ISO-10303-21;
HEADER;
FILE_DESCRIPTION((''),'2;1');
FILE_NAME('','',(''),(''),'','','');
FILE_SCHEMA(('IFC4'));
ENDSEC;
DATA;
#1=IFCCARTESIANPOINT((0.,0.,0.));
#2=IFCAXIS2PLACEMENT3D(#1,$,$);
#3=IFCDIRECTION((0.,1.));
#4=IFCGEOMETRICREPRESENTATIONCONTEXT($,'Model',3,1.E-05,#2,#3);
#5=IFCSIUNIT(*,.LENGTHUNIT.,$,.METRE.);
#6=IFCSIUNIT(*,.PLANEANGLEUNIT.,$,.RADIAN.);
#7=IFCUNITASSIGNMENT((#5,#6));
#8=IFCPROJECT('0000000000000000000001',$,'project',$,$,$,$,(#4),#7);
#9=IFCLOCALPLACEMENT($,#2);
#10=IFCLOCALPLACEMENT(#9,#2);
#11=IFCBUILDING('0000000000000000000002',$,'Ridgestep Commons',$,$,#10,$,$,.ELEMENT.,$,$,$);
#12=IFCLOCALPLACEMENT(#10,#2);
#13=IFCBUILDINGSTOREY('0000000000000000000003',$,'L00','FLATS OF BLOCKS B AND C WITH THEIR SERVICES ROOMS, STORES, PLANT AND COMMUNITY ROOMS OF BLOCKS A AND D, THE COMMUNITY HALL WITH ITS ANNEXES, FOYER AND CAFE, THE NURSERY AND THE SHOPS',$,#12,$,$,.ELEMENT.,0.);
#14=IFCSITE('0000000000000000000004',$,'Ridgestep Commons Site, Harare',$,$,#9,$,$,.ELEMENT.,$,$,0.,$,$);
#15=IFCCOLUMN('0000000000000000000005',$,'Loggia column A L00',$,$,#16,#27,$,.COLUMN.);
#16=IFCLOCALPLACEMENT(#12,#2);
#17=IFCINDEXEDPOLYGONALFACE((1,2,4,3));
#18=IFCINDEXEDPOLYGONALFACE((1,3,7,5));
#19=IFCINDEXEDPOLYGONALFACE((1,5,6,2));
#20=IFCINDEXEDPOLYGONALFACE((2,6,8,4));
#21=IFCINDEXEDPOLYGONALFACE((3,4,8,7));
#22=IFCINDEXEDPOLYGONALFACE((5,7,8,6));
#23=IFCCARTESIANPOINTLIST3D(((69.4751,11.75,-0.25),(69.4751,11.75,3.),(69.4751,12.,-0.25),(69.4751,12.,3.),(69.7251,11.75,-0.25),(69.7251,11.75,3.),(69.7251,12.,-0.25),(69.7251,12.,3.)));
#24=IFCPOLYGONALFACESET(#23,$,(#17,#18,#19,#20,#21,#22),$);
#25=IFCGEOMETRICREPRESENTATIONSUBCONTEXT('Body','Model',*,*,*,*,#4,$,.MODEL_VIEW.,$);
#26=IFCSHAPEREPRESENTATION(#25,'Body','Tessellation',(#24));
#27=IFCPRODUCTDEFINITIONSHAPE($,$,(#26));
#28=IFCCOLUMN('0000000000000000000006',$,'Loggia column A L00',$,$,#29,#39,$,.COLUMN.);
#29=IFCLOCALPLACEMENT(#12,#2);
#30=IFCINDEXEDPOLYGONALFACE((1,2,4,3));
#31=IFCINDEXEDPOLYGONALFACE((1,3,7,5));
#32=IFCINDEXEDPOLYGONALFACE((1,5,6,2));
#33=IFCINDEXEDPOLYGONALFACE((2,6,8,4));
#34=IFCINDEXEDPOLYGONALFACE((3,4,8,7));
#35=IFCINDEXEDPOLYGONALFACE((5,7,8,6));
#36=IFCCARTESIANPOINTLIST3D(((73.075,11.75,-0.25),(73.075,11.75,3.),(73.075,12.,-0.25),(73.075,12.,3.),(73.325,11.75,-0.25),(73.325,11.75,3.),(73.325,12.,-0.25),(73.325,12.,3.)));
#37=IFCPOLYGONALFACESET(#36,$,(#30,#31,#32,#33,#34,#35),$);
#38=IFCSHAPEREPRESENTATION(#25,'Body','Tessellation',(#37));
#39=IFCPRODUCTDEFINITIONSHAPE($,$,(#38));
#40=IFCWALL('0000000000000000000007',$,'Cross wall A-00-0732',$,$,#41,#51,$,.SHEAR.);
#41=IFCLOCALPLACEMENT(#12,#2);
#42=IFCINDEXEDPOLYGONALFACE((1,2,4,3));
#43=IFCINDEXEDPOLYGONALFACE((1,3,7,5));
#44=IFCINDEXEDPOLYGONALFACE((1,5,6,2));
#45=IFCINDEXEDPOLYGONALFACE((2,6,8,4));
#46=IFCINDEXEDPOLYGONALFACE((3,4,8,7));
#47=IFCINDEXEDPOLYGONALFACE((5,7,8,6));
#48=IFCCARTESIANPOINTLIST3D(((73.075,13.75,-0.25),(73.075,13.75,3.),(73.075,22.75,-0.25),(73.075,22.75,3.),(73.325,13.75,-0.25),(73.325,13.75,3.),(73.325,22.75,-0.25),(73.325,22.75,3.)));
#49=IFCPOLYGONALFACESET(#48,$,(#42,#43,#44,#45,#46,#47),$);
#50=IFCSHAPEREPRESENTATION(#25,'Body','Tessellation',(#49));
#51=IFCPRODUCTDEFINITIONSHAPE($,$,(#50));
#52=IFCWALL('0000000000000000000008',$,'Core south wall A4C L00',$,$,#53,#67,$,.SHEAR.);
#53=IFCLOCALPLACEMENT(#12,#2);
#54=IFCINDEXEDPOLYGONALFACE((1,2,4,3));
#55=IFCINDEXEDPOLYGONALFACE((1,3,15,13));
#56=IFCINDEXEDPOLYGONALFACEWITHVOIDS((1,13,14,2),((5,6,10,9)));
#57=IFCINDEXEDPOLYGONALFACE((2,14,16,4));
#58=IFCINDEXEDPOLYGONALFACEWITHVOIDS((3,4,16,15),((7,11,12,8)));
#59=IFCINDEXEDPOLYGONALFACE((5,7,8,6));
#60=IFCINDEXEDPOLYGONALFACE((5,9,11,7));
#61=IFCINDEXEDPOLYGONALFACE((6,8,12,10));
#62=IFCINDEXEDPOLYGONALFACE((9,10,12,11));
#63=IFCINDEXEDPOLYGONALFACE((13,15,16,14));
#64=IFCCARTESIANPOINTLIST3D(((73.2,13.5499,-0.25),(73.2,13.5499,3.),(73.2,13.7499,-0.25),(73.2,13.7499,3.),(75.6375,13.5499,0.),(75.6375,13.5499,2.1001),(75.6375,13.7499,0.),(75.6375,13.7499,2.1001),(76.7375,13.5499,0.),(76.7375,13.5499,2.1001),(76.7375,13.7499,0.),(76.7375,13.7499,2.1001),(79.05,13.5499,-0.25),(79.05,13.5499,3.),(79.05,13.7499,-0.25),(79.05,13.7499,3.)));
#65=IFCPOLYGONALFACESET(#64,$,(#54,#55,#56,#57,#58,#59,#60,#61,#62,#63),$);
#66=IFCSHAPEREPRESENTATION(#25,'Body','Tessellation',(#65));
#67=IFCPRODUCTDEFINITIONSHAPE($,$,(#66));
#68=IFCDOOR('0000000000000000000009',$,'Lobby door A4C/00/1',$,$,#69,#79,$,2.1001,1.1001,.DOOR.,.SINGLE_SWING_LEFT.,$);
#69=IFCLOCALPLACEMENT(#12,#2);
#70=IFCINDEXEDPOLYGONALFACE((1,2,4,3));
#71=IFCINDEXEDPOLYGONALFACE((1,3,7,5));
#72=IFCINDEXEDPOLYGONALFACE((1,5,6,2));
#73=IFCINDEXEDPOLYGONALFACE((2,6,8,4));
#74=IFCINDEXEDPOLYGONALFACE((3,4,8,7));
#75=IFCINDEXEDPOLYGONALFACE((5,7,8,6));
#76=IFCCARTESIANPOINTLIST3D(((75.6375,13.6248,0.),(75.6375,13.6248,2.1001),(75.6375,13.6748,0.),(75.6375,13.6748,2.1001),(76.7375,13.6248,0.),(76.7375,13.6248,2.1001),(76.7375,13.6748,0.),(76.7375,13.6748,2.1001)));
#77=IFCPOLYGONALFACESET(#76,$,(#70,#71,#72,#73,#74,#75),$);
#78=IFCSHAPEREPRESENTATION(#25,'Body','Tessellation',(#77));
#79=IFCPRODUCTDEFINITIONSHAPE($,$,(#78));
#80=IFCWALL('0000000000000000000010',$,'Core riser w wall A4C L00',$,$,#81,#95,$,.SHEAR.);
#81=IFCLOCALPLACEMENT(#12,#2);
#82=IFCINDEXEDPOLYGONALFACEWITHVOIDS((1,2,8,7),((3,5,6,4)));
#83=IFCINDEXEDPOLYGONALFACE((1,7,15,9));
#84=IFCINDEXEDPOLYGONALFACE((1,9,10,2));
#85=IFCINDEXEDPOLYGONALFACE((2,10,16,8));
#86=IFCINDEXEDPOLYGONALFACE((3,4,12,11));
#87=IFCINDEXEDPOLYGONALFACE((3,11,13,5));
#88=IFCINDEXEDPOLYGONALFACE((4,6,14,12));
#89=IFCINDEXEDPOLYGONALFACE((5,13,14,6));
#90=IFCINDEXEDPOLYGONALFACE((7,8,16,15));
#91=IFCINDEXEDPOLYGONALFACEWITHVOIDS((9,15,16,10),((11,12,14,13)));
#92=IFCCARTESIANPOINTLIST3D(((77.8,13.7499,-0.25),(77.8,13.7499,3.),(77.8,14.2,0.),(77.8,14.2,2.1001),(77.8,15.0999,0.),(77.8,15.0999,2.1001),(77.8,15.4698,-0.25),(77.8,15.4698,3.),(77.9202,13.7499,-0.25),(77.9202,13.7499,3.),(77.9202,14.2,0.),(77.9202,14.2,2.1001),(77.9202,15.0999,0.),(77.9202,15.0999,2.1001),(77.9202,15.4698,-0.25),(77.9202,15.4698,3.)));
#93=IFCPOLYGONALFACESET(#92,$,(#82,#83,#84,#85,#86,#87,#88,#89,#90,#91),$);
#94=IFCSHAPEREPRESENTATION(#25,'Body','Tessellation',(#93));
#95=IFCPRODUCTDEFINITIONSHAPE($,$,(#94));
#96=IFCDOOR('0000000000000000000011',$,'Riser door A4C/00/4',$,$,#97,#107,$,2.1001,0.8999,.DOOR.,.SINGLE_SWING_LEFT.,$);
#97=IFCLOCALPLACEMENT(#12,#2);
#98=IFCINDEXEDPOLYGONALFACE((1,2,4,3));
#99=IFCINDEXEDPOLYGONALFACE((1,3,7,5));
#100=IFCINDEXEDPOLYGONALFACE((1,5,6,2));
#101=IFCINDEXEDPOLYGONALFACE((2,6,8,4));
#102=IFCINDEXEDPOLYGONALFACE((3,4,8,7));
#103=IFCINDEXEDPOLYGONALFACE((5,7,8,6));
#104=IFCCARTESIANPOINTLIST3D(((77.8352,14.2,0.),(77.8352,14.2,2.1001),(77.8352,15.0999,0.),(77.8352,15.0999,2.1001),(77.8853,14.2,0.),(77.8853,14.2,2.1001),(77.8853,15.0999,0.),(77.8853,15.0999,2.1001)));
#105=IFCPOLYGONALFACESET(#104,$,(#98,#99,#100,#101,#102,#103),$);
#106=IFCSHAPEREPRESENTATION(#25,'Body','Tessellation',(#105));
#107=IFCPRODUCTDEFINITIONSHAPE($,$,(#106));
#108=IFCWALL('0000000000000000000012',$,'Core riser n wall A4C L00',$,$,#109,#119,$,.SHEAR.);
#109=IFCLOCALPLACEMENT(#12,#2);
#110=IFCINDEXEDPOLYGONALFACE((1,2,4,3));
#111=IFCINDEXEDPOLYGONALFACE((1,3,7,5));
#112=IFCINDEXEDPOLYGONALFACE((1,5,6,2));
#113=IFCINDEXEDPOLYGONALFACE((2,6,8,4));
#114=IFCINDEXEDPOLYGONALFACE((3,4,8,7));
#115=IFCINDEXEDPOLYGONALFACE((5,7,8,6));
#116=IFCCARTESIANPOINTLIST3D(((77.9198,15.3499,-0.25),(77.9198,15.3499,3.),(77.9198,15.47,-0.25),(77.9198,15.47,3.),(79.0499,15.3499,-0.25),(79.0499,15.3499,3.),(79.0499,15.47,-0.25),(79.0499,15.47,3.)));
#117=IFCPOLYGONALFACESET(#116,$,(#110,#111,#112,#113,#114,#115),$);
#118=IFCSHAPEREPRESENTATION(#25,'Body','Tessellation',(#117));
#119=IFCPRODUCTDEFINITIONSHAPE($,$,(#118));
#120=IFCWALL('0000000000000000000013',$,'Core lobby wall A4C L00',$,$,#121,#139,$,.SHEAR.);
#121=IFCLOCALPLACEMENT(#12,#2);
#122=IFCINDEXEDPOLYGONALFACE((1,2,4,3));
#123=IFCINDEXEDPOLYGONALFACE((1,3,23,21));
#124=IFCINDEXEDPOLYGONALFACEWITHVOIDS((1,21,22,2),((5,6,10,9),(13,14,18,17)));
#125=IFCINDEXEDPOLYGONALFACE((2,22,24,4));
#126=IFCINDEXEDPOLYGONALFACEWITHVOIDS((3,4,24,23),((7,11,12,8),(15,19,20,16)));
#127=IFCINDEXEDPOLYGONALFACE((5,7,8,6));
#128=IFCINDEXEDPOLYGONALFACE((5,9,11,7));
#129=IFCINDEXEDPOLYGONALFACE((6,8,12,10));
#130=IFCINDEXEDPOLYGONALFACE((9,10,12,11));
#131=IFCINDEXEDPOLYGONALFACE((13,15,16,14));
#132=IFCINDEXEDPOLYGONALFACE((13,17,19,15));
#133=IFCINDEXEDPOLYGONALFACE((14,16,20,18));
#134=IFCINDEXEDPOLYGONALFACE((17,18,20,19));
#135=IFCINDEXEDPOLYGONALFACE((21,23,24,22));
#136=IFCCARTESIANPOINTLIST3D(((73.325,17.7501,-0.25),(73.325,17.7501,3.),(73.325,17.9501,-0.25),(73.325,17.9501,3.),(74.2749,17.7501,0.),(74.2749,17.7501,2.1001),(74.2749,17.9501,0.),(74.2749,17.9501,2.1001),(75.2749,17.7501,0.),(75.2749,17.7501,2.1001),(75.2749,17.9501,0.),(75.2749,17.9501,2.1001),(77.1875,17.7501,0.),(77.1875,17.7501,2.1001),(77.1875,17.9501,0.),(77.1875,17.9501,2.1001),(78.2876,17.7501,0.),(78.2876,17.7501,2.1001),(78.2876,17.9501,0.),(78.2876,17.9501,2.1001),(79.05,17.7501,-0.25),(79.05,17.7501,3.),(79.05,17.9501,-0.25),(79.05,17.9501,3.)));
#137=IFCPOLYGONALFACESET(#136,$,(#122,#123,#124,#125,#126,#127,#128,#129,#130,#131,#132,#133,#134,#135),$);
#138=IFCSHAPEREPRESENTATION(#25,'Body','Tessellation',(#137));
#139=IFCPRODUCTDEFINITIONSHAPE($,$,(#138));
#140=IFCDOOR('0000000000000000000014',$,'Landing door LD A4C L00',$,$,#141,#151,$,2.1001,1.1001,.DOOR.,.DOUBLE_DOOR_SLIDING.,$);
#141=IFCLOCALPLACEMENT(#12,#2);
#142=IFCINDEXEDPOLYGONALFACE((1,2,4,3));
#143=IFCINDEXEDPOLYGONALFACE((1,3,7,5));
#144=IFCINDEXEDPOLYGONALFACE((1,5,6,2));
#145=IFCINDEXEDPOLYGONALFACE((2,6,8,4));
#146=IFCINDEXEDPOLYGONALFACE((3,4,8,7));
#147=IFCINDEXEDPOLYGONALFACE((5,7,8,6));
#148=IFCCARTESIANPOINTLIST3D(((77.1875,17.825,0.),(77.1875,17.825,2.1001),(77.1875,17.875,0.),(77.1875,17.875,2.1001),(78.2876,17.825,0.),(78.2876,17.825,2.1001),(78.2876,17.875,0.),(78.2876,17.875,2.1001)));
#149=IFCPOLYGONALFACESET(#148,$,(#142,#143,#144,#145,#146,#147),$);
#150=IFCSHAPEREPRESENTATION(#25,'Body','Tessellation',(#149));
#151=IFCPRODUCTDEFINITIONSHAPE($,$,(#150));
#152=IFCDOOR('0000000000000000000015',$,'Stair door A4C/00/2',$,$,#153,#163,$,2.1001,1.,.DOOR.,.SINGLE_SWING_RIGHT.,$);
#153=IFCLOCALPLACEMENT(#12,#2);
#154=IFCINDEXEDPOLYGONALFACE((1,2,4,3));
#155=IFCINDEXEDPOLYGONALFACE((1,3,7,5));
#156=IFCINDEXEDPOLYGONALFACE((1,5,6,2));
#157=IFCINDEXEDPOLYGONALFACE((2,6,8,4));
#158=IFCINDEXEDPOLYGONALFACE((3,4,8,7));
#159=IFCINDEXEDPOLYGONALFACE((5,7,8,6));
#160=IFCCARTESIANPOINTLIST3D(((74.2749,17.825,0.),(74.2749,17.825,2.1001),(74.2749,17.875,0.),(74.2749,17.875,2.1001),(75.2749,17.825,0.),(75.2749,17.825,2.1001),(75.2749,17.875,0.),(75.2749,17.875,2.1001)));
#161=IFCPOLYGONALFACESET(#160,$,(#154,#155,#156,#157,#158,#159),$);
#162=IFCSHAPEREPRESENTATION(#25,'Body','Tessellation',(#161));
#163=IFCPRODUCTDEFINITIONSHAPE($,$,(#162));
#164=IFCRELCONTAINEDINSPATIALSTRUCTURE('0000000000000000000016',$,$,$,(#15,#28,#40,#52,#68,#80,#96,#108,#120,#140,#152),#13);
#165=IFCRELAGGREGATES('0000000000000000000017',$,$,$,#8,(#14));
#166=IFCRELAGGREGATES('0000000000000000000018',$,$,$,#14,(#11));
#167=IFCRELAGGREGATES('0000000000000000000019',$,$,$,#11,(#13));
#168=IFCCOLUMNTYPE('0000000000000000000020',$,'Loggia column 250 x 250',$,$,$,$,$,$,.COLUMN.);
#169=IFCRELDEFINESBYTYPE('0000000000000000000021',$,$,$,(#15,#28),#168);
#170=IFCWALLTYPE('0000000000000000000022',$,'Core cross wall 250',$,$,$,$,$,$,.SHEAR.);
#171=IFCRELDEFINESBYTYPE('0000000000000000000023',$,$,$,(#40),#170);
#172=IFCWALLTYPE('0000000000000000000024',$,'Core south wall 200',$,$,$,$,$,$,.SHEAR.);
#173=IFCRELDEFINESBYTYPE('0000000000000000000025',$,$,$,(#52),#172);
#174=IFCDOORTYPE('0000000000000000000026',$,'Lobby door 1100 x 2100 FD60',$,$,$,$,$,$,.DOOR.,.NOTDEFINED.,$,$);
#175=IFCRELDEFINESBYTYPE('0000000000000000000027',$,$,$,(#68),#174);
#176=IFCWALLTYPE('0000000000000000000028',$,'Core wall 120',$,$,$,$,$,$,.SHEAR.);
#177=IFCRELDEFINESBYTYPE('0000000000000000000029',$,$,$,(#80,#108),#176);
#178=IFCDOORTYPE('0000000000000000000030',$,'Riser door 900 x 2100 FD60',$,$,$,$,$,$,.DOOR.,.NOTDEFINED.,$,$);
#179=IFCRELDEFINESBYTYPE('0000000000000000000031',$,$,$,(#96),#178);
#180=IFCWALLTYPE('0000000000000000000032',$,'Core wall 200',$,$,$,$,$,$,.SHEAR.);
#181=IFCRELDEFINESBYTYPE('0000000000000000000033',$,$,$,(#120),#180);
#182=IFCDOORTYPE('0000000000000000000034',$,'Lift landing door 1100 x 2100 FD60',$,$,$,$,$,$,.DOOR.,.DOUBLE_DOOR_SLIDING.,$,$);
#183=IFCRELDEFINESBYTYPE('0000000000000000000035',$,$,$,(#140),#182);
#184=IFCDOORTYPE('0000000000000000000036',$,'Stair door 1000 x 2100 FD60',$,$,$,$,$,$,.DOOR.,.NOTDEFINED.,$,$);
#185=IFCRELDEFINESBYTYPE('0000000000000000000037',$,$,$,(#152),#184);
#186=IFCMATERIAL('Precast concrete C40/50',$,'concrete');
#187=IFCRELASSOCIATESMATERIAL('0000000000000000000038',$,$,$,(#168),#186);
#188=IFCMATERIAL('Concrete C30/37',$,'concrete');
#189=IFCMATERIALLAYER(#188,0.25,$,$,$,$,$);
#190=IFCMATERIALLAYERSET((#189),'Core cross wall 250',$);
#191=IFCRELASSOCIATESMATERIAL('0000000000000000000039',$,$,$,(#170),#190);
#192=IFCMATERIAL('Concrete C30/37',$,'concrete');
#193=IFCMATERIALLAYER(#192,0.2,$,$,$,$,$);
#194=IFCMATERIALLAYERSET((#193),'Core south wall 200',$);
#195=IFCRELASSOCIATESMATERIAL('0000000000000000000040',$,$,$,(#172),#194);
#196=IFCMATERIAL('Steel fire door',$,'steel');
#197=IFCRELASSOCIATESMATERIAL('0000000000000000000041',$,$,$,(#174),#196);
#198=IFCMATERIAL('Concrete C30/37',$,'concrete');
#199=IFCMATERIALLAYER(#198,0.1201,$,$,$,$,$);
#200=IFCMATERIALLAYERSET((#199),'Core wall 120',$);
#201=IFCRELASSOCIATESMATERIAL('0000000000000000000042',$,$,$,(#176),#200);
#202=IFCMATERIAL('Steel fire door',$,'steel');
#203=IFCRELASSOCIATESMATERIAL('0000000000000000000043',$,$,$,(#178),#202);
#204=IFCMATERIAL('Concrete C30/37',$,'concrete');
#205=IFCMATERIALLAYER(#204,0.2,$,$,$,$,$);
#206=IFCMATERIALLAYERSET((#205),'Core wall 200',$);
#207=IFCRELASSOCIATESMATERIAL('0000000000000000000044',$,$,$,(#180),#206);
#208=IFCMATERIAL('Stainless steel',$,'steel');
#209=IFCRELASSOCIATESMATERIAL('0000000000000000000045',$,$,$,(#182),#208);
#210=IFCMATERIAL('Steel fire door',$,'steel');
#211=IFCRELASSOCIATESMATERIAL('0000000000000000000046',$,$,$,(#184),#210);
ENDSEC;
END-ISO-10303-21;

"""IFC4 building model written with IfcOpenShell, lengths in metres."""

from ifc_helpers import new_model, si_unit, direction, frame, frame_2d, origin, origin_2d, place, context, subcontext, project, spatial, rectangle, extrude, material, layer, layer_set, material_profile, profile_set, type_object, element, fill, save


model = new_model("IFC4")

# Units and contexts
model_context = context("Model", 3, precision=1e-05, world=origin(), true_north=direction((0.0, 1.0)))
body_context = subcontext(model_context, "Body", "Model", "MODEL_VIEW")
ifc_project = project(units=[si_unit("LENGTHUNIT", "METRE"), si_unit("PLANEANGLEUNIT", "RADIAN")], contexts=[model_context])

# Site, building, storey
site_placement = place(None, origin())
site = spatial("IfcSite", under=ifc_project, at=site_placement, Name="Ridgestep Commons Site, Harare", CompositionType="ELEMENT", RefElevation=0.0)
building_placement = place(site_placement, origin())
building = spatial("IfcBuilding", under=site, at=building_placement, Name="Ridgestep Commons", CompositionType="ELEMENT")
storey_placement = place(building_placement, origin())
storey = spatial("IfcBuildingStorey", under=building, at=storey_placement, Name="L00", Description="FLATS OF BLOCKS B AND C WITH THEIR SERVICES ROOMS, STORES, PLANT AND COMMUNITY ROOMS OF BLOCKS A AND D, THE COMMUNITY HALL WITH ITS ANNEXES, FOYER AND CAFE, THE NURSERY AND THE SHOPS", CompositionType="ELEMENT", Elevation=0.0)

# Columns
ifc_material_1 = material(Name="Precast concrete C40/50", Category="concrete")
ifc_material_profile = material_profile(ifc_material_1, rectangle(XDim=0.25, YDim=0.25, at=origin_2d()), Name="PC 250x250")
ifc_profile_set = profile_set([ifc_material_profile], Name="Precast concrete C40/50")
column_type = type_object("IfcColumnType", Name="Loggia column 250 x 250", PredefinedType="COLUMN", material=ifc_profile_set)
for number, where, z_axis, x_axis, name in (
    (1, (69.6001, 11.875, -0.25), (0.0, 0.0, 1.0), (1.0, 0.0, 0.0), "Loggia column A L00"),
    (2, (73.2, 11.875, -0.25), (0.0, 0.0, 1.0), (1.0, 0.0, 0.0), "Loggia column A L00"),
):
    element("IfcColumn", number, at=place(storey_placement, frame(where, z_axis=z_axis, x_axis=x_axis)), inside=storey, type_object=column_type, Name=name, PredefinedType="COLUMN", context=body_context, shape_type="SweptSolid", body=[
        extrude(rectangle(XDim=0.25, YDim=0.25, at=origin_2d()), origin(), (0.0, 0.0, 1.0), 3.25),
    ])

# Wall
ifc_material_2 = material(Name="Concrete C30/37", Category="concrete")
ifc_layer_1 = layer(ifc_material_2, 0.25)
ifc_layer_set_1 = layer_set([ifc_layer_1], Name="Core cross wall 250")
wall_type_1 = type_object("IfcWallType", Name="Core cross wall 250", PredefinedType="SHEAR", material=ifc_layer_set_1)
wall_1_placement = place(storey_placement, frame((73.2, 13.75, -0.25), z_axis=(0.0, 0.0, 1.0), x_axis=(0.0, 1.0, 0.0)))
element("IfcWall", 3, at=wall_1_placement, inside=storey, type_object=wall_type_1, Name="Cross wall A-00-0732", PredefinedType="SHEAR", context=body_context, shape_type="SweptSolid", body=[
    extrude(rectangle(XDim=9.0, YDim=0.25, at=frame_2d((4.5, 0.0))), origin(), (0.0, 0.0, 1.0), 3.25),
])

# Walls, openings, doors
ifc_material_3 = material(Name="Concrete C30/37", Category="concrete")
ifc_layer_2 = layer(ifc_material_3, 0.2)
ifc_layer_set_2 = layer_set([ifc_layer_2], Name="Core south wall 200")
wall_type_2 = type_object("IfcWallType", Name="Core south wall 200", PredefinedType="SHEAR", material=ifc_layer_set_2)
wall_2_placement = place(storey_placement, frame((73.2, 13.6499, -0.25), z_axis=(0.0, 0.0, 1.0), x_axis=(1.0, 0.0, 0.0)))
wall_2 = element("IfcWall", 4, at=wall_2_placement, inside=storey, type_object=wall_type_2, Name="Core south wall A4C L00", PredefinedType="SHEAR", context=body_context, shape_type="SweptSolid", body=[
    extrude(rectangle(XDim=5.8501, YDim=0.2, at=frame_2d((2.925, 0.0))), origin(), (0.0, 0.0, 1.0), 3.25),
])
opening_1_placement = place(wall_2_placement, frame((2.4375, 0.0, 0.25)))
opening_1 = element("IfcOpeningElement", 5, at=opening_1_placement, cuts=wall_2, PredefinedType="OPENING", context=body_context, shape_type="SweptSolid", body=[
    extrude(rectangle(XDim=1.1001, YDim=2.1001, at=frame_2d((0.55, 1.05))), frame((0.0, 0.1099, 0.0), z_axis=(0.0, -1.0, 0.0), x_axis=(1.0, 0.0, 0.0)), (0.0, 0.0, 1.0), 0.22),
])
ifc_material_4 = material(Name="Steel fire door", Category="steel")
door_type_1 = type_object("IfcDoorType", Name="Lobby door 1100 x 2100 FD60", OperationType="NOTDEFINED", PredefinedType="DOOR", material=ifc_material_4)
door_1_placement = place(opening_1_placement, origin())
door_1 = element("IfcDoor", 6, at=door_1_placement, inside=storey, type_object=door_type_1, Name="Lobby door A4C/00/1", OperationType="SINGLE_SWING_LEFT", OverallHeight=2.1001, OverallWidth=1.1001, PredefinedType="DOOR", context=body_context, shape_type="SweptSolid", body=[
    extrude(rectangle(XDim=1.1001, YDim=2.1001, at=frame_2d((0.55, 1.05))), frame((0.0, 0.0249, 0.0), z_axis=(0.0, -1.0, 0.0), x_axis=(1.0, 0.0, 0.0)), (0.0, 0.0, 1.0), 0.05),
])
fill(opening_1, door_1)
ifc_material_5 = material(Name="Concrete C30/37", Category="concrete")
ifc_layer_3 = layer(ifc_material_5, 0.1201)
ifc_layer_set_3 = layer_set([ifc_layer_3], Name="Core wall 120")
wall_type_3 = type_object("IfcWallType", Name="Core wall 120", PredefinedType="SHEAR", material=ifc_layer_set_3)
wall_3_placement = place(storey_placement, frame((77.8601, 13.75, -0.25), z_axis=(0.0, 0.0, 1.0), x_axis=(0.0, 1.0, 0.0)))
wall_3 = element("IfcWall", 7, at=wall_3_placement, inside=storey, type_object=wall_type_3, Name="Core riser w wall A4C L00", PredefinedType="SHEAR", context=body_context, shape_type="SweptSolid", body=[
    extrude(rectangle(XDim=1.72, YDim=0.1201, at=frame_2d((0.8599, 0.0))), origin(), (0.0, 0.0, 1.0), 3.25),
])
opening_2_placement = place(wall_3_placement, frame((0.45, 0.0, 0.25)))
opening_2 = element("IfcOpeningElement", 8, at=opening_2_placement, cuts=wall_3, PredefinedType="OPENING", context=body_context, shape_type="SweptSolid", body=[
    extrude(rectangle(XDim=0.8999, YDim=2.1001, at=frame_2d((0.45, 1.05))), frame((0.0, 0.0701, 0.0), z_axis=(0.0, -1.0, 0.0), x_axis=(1.0, 0.0, 0.0)), (0.0, 0.0, 1.0), 0.1401),
])
ifc_material_6 = material(Name="Steel fire door", Category="steel")
door_type_2 = type_object("IfcDoorType", Name="Riser door 900 x 2100 FD60", OperationType="NOTDEFINED", PredefinedType="DOOR", material=ifc_material_6)
door_2_placement = place(opening_2_placement, origin())
door_2 = element("IfcDoor", 9, at=door_2_placement, inside=storey, type_object=door_type_2, Name="Riser door A4C/00/4", OperationType="SINGLE_SWING_LEFT", OverallHeight=2.1001, OverallWidth=0.8999, PredefinedType="DOOR", context=body_context, shape_type="SweptSolid", body=[
    extrude(rectangle(XDim=0.8999, YDim=2.1001, at=frame_2d((0.45, 1.05))), frame((0.0, 0.0249, 0.0), z_axis=(0.0, -1.0, 0.0), x_axis=(1.0, 0.0, 0.0)), (0.0, 0.0, 1.0), 0.05),
])
fill(opening_2, door_2)

# Wall
wall_4_placement = place(storey_placement, frame((77.9199, 15.4099, -0.25), z_axis=(0.0, 0.0, 1.0), x_axis=(1.0, 0.0, 0.0)))
element("IfcWall", 10, at=wall_4_placement, inside=storey, type_object=wall_type_3, Name="Core riser n wall A4C L00", PredefinedType="SHEAR", context=body_context, shape_type="SweptSolid", body=[
    extrude(rectangle(XDim=1.1301, YDim=0.1201, at=frame_2d((0.5649, 0.0))), origin(), (0.0, 0.0, 1.0), 3.25),
])

# Wall, openings, doors
ifc_material_7 = material(Name="Concrete C30/37", Category="concrete")
ifc_layer_4 = layer(ifc_material_7, 0.2)
ifc_layer_set_4 = layer_set([ifc_layer_4], Name="Core wall 200")
wall_type_4 = type_object("IfcWallType", Name="Core wall 200", PredefinedType="SHEAR", material=ifc_layer_set_4)
wall_5_placement = place(storey_placement, frame((73.325, 17.8501, -0.25), z_axis=(0.0, 0.0, 1.0), x_axis=(1.0, 0.0, 0.0)))
wall_5 = element("IfcWall", 11, at=wall_5_placement, inside=storey, type_object=wall_type_4, Name="Core lobby wall A4C L00", PredefinedType="SHEAR", context=body_context, shape_type="SweptSolid", body=[
    extrude(rectangle(XDim=5.7251, YDim=0.2, at=frame_2d((2.8625, 0.0))), origin(), (0.0, 0.0, 1.0), 3.25),
])
opening_3_placement = place(wall_5_placement, frame((0.95, 0.0, 0.25)))
opening_3 = element("IfcOpeningElement", 12, at=opening_3_placement, cuts=wall_5, PredefinedType="OPENING", context=body_context, shape_type="SweptSolid", body=[
    extrude(rectangle(XDim=1.0, YDim=2.1001, at=frame_2d((0.5, 1.05))), frame((0.0, 0.1099, 0.0), z_axis=(0.0, -1.0, 0.0), x_axis=(1.0, 0.0, 0.0)), (0.0, 0.0, 1.0), 0.22),
])
opening_4_placement = place(wall_5_placement, frame((3.8625, 0.0, 0.25)))
opening_4 = element("IfcOpeningElement", 13, at=opening_4_placement, cuts=wall_5, PredefinedType="OPENING", context=body_context, shape_type="SweptSolid", body=[
    extrude(rectangle(XDim=1.1001, YDim=2.1001, at=frame_2d((0.55, 1.05))), frame((0.0, 0.1099, 0.0), z_axis=(0.0, -1.0, 0.0), x_axis=(1.0, 0.0, 0.0)), (0.0, 0.0, 1.0), 0.22),
])
ifc_material_8 = material(Name="Stainless steel", Category="steel")
door_type_3 = type_object("IfcDoorType", Name="Lift landing door 1100 x 2100 FD60", OperationType="DOUBLE_DOOR_SLIDING", PredefinedType="DOOR", material=ifc_material_8)
door_3_placement = place(opening_4_placement, origin())
door_3 = element("IfcDoor", 14, at=door_3_placement, inside=storey, type_object=door_type_3, Name="Landing door LD A4C L00", OperationType="DOUBLE_DOOR_SLIDING", OverallHeight=2.1001, OverallWidth=1.1001, PredefinedType="DOOR", context=body_context, shape_type="SweptSolid", body=[
    extrude(rectangle(XDim=1.1001, YDim=2.1001, at=frame_2d((0.55, 1.05))), frame((0.0, 0.0249, 0.0), z_axis=(0.0, -1.0, 0.0), x_axis=(1.0, 0.0, 0.0)), (0.0, 0.0, 1.0), 0.05),
])
fill(opening_4, door_3)
ifc_material_9 = material(Name="Steel fire door", Category="steel")
door_type_4 = type_object("IfcDoorType", Name="Stair door 1000 x 2100 FD60", OperationType="NOTDEFINED", PredefinedType="DOOR", material=ifc_material_9)
door_4_placement = place(opening_3_placement, origin())
door_4 = element("IfcDoor", 15, at=door_4_placement, inside=storey, type_object=door_type_4, Name="Stair door A4C/00/2", OperationType="SINGLE_SWING_RIGHT", OverallHeight=2.1001, OverallWidth=1.0, PredefinedType="DOOR", context=body_context, shape_type="SweptSolid", body=[
    extrude(rectangle(XDim=1.0, YDim=2.1001, at=frame_2d((0.5, 1.05))), frame((0.0, 0.0249, 0.0), z_axis=(0.0, -1.0, 0.0), x_axis=(1.0, 0.0, 0.0)), (0.0, 0.0, 1.0), 0.05),
])
fill(opening_3, door_4)

save(model, "model.ifc")
